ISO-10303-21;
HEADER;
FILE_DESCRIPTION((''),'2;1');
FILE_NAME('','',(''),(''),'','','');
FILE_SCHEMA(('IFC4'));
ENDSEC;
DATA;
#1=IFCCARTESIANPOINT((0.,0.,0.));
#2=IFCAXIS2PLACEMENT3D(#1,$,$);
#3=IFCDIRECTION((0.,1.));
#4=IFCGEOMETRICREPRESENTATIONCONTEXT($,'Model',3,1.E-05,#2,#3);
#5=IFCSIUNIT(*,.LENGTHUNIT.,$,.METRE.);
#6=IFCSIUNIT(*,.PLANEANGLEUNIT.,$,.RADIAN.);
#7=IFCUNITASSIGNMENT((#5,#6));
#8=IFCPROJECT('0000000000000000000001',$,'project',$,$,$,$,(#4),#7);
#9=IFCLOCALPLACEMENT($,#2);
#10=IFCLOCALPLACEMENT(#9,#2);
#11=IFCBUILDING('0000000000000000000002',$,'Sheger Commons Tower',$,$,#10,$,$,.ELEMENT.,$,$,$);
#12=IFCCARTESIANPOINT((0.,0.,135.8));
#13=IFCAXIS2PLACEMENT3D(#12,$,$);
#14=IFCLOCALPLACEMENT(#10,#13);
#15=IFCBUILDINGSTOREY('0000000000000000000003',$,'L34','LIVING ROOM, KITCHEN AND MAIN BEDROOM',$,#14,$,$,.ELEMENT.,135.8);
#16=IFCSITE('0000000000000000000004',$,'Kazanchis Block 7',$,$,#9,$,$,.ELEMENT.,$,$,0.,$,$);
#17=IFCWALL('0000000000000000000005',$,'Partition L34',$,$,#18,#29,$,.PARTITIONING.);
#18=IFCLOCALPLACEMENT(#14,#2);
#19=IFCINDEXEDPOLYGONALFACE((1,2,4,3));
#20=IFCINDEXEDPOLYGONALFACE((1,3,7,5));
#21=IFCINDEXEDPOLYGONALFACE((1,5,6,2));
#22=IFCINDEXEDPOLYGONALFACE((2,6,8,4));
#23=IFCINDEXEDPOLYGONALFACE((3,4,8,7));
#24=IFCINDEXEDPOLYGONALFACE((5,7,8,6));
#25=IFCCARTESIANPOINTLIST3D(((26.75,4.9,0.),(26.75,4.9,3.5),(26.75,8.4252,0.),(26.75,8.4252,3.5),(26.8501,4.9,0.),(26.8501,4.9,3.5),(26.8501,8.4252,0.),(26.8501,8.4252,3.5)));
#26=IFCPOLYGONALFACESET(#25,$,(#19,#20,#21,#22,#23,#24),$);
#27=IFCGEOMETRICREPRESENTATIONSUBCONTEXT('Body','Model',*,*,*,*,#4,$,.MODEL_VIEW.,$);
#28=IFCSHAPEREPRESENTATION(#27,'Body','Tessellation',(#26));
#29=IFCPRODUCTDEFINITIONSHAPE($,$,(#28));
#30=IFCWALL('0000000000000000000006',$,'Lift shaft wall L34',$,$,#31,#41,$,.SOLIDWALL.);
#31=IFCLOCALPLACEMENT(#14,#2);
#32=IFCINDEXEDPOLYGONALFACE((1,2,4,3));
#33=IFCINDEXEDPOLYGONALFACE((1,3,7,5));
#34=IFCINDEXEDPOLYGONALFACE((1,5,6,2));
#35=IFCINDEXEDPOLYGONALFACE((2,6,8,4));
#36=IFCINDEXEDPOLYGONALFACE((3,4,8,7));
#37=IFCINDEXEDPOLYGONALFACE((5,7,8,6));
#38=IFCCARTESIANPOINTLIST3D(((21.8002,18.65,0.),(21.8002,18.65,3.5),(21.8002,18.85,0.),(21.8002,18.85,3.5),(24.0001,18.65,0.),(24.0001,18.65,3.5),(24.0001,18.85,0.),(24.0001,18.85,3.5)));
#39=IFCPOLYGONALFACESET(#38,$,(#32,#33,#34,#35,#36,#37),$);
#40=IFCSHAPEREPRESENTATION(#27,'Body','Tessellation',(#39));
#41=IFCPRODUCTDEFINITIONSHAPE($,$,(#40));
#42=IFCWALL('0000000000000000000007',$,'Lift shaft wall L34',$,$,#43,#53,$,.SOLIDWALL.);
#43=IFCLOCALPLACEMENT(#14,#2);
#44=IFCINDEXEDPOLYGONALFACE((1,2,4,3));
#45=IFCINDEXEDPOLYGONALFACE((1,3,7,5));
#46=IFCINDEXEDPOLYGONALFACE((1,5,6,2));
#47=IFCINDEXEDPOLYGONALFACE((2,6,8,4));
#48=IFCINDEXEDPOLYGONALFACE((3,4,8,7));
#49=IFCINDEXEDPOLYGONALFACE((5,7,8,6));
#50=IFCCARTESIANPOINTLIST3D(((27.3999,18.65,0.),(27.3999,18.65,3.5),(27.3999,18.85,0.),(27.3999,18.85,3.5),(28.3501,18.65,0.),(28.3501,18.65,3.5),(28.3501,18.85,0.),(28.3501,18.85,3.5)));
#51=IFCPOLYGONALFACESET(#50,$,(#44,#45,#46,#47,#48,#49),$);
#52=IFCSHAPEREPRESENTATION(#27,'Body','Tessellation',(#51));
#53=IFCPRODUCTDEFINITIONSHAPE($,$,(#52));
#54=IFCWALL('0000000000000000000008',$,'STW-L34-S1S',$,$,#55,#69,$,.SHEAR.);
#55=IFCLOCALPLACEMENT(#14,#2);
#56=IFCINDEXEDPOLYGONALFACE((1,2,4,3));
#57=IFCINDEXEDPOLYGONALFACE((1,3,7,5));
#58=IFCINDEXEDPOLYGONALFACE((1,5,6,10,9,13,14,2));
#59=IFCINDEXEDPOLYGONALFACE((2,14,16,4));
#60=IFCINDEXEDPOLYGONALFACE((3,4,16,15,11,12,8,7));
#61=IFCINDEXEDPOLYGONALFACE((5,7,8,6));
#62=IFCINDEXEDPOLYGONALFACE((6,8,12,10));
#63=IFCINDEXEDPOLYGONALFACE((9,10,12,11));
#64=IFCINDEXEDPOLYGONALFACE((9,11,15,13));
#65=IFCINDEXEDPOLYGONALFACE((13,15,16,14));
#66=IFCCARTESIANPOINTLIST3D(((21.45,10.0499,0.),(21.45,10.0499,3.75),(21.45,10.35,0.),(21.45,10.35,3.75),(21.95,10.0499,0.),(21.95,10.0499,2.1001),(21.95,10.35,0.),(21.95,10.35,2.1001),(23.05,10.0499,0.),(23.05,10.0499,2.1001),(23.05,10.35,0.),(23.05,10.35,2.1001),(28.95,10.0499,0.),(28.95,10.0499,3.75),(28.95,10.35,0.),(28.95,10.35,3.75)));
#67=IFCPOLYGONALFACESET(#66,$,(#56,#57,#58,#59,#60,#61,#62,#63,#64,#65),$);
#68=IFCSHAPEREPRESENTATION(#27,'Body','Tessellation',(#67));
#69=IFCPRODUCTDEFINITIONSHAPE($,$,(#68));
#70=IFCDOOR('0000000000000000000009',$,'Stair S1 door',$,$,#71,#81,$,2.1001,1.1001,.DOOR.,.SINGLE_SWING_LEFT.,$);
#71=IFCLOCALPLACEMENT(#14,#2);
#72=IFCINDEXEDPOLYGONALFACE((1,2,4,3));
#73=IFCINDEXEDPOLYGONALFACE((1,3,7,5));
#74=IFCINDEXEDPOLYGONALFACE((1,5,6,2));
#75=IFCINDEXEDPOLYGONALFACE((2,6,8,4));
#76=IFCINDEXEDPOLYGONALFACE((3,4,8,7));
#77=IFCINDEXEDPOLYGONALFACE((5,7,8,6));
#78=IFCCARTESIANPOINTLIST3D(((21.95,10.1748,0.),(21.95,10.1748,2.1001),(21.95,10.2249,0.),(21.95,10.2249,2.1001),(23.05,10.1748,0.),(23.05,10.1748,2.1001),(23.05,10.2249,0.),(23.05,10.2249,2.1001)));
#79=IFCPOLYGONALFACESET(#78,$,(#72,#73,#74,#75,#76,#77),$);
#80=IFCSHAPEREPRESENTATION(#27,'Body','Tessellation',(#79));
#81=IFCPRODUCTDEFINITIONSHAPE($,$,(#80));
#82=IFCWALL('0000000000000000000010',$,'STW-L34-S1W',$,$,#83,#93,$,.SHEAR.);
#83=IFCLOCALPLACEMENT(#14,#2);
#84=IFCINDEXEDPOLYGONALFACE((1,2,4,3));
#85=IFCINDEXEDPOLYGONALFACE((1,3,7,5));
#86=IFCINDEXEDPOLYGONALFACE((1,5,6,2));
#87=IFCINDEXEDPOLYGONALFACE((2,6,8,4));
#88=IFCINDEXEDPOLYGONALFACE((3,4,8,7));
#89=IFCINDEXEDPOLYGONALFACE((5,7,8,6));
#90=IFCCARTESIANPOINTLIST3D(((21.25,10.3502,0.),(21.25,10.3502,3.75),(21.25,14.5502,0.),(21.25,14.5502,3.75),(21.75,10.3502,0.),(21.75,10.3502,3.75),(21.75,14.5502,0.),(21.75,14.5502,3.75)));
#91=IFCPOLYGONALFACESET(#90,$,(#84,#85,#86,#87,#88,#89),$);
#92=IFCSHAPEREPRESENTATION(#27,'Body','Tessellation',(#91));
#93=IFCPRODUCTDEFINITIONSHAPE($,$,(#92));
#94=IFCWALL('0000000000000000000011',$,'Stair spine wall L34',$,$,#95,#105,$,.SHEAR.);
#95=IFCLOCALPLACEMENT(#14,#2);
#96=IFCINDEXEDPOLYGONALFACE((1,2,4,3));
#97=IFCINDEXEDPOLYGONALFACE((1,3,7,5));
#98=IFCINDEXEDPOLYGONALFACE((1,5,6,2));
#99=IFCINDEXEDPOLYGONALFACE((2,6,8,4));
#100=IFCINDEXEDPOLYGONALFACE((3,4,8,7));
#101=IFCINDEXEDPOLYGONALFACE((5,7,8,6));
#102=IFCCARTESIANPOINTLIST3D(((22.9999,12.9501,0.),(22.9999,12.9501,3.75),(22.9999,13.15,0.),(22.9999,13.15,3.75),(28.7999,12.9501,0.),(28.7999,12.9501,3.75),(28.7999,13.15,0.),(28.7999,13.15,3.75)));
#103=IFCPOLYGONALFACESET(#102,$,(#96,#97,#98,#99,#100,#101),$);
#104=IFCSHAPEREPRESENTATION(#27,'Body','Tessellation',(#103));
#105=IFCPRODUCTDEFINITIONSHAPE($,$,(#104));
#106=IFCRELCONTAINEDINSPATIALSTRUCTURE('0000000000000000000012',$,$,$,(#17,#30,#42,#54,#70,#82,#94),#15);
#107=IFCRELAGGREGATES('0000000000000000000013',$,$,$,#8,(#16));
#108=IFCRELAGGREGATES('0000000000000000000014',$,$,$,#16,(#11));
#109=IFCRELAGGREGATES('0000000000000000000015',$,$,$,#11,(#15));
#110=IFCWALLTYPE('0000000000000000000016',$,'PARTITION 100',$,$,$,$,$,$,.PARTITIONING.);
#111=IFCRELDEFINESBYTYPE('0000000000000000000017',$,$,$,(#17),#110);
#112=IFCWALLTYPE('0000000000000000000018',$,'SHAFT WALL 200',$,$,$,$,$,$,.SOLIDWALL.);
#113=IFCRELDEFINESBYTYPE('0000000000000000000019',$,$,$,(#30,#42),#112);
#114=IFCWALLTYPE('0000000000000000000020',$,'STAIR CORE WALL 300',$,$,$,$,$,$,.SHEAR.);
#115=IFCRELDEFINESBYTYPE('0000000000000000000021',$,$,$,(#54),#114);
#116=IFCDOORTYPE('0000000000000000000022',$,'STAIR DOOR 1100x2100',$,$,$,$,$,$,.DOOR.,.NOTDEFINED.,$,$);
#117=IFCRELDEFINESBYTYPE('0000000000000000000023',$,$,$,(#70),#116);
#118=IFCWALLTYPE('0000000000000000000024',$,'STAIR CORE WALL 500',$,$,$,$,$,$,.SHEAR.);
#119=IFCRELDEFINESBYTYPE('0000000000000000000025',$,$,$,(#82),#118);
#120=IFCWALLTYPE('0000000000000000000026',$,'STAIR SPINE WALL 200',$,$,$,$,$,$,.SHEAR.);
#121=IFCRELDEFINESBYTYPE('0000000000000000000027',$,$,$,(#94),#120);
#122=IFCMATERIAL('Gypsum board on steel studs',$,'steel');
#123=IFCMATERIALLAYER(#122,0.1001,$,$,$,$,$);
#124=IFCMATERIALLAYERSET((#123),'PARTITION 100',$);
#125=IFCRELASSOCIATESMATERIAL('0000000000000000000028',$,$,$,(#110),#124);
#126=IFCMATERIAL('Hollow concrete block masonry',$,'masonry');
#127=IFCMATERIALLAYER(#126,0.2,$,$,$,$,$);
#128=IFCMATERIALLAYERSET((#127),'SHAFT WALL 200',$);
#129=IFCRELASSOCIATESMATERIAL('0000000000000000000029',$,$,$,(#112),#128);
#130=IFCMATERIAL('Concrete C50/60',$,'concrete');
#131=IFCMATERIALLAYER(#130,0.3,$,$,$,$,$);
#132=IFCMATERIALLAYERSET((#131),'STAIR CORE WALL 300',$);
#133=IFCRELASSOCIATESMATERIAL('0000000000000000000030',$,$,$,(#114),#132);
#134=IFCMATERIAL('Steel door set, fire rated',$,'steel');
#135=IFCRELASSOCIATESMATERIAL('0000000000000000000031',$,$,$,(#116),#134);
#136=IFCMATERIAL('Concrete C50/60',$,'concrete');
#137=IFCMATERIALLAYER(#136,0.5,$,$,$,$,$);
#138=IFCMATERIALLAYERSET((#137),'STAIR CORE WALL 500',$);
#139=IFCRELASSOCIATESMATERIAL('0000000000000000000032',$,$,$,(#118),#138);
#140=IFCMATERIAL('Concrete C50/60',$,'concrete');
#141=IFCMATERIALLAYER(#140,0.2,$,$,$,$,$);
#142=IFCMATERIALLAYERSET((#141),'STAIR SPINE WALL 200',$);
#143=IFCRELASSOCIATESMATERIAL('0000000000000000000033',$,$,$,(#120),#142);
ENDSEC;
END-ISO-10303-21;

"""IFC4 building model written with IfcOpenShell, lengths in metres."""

from ifc_helpers import new_model, si_unit, direction, frame, frame_2d, origin, place, context, subcontext, project, spatial, rectangle, extrude, material, layer, layer_set, type_object, element, fill, save


model = new_model("IFC4")

# Units and contexts
model_context = context("Model", 3, precision=1e-05, world=origin(), true_north=direction((0.0, 1.0)))
body_context = subcontext(model_context, "Body", "Model", "MODEL_VIEW")
ifc_project = project(units=[si_unit("LENGTHUNIT", "METRE"), si_unit("PLANEANGLEUNIT", "RADIAN")], contexts=[model_context])

# Site, building, storey
site_placement = place(None, origin())
site = spatial("IfcSite", under=ifc_project, at=site_placement, Name="Kazanchis Block 7", CompositionType="ELEMENT", RefElevation=0.0)
building_placement = place(site_placement, origin())
building = spatial("IfcBuilding", under=site, at=building_placement, Name="Sheger Commons Tower", CompositionType="ELEMENT")
storey_placement = place(building_placement, frame((0.0, 0.0, 135.8)))
storey = spatial("IfcBuildingStorey", under=building, at=storey_placement, Name="L34", Description="LIVING ROOM, KITCHEN AND MAIN BEDROOM", CompositionType="ELEMENT", Elevation=135.8)

# Walls
ifc_material_1 = material(Name="Gypsum board on steel studs", Category="steel")
ifc_layer_1 = layer(ifc_material_1, 0.1001)
ifc_layer_set_1 = layer_set([ifc_layer_1], Name="PARTITION 100")
wall_type_1 = type_object("IfcWallType", Name="PARTITION 100", PredefinedType="PARTITIONING", material=ifc_layer_set_1)
wall_1_placement = place(storey_placement, frame((26.8, 4.8999, 0.0), z_axis=(0.0, 0.0, 1.0), x_axis=(0.0, 1.0, 0.0)))
element("IfcWall", 1, at=wall_1_placement, inside=storey, type_object=wall_type_1, Name="Partition L34", PredefinedType="PARTITIONING", context=body_context, shape_type="SweptSolid", body=[
    extrude(rectangle(XDim=3.5251, YDim=0.1001, at=frame_2d((1.7627, 0.0))), origin(), (0.0, 0.0, 1.0), 3.5),
])
ifc_material_2 = material(Name="Hollow concrete block masonry", Category="masonry")
ifc_layer_2 = layer(ifc_material_2, 0.2)
ifc_layer_set_2 = layer_set([ifc_layer_2], Name="SHAFT WALL 200")
wall_type_2 = type_object("IfcWallType", Name="SHAFT WALL 200", PredefinedType="SOLIDWALL", material=ifc_layer_set_2)
wall_2_placement = place(storey_placement, frame((21.8, 18.75, 0.0), z_axis=(0.0, 0.0, 1.0), x_axis=(1.0, 0.0, 0.0)))
element("IfcWall", 2, at=wall_2_placement, inside=storey, type_object=wall_type_2, Name="Lift shaft wall L34", PredefinedType="SOLIDWALL", context=body_context, shape_type="SweptSolid", body=[
    extrude(rectangle(XDim=2.2, YDim=0.2, at=frame_2d((1.1001, 0.0))), origin(), (0.0, 0.0, 1.0), 3.5),
])
wall_3_placement = place(storey_placement, frame((27.3999, 18.75, 0.0), z_axis=(0.0, 0.0, 1.0), x_axis=(1.0, 0.0, 0.0)))
element("IfcWall", 3, at=wall_3_placement, inside=storey, type_object=wall_type_2, Name="Lift shaft wall L34", PredefinedType="SOLIDWALL", context=body_context, shape_type="SweptSolid", body=[
    extrude(rectangle(XDim=0.9502, YDim=0.2, at=frame_2d((0.4751, 0.0))), origin(), (0.0, 0.0, 1.0), 3.5),
])

# Wall, opening, door
ifc_material_3 = material(Name="Concrete C50/60", Category="concrete")
ifc_layer_3 = layer(ifc_material_3, 0.3)
ifc_layer_set_3 = layer_set([ifc_layer_3], Name="STAIR CORE WALL 300")
wall_type_3 = type_object("IfcWallType", Name="STAIR CORE WALL 300", PredefinedType="SHEAR", material=ifc_layer_set_3)
wall_4_placement = place(storey_placement, frame((21.45, 10.2, 0.0), z_axis=(0.0, 0.0, 1.0), x_axis=(1.0, 0.0, 0.0)))
wall_4 = element("IfcWall", 4, at=wall_4_placement, inside=storey, type_object=wall_type_3, Name="STW-L34-S1S", PredefinedType="SHEAR", context=body_context, shape_type="SweptSolid", body=[
    extrude(rectangle(XDim=7.5, YDim=0.3, at=frame_2d((3.75, 0.0))), origin(), (0.0, 0.0, 1.0), 3.75),
])
opening_1_placement = place(wall_4_placement, frame((0.5, 0.0, 0.0)))
opening_1 = element("IfcOpeningElement", 5, at=opening_1_placement, cuts=wall_4, PredefinedType="OPENING", context=body_context, shape_type="SweptSolid", body=[
    extrude(rectangle(XDim=1.1001, YDim=2.1001, at=frame_2d((0.55, 1.05))), frame((0.0, 0.1599, 0.0), z_axis=(0.0, -1.0, 0.0), x_axis=(1.0, 0.0, 0.0)), (0.0, 0.0, 1.0), 0.3201),
])
ifc_material_4 = material(Name="Steel door set, fire rated", Category="steel")
door_type_1 = type_object("IfcDoorType", Name="STAIR DOOR 1100x2100", OperationType="NOTDEFINED", PredefinedType="DOOR", material=ifc_material_4)
door_1_placement = place(opening_1_placement, origin())
door_1 = element("IfcDoor", 6, at=door_1_placement, inside=storey, type_object=door_type_1, Name="Stair S1 door", OperationType="SINGLE_SWING_LEFT", OverallHeight=2.1001, OverallWidth=1.1001, PredefinedType="DOOR", context=body_context, shape_type="SweptSolid", body=[
    extrude(rectangle(XDim=1.1001, YDim=2.1001, at=frame_2d((0.55, 1.05))), frame((0.0, 0.0249, 0.0), z_axis=(0.0, -1.0, 0.0), x_axis=(1.0, 0.0, 0.0)), (0.0, 0.0, 1.0), 0.05),
])
fill(opening_1, door_1)

# Walls
ifc_material_5 = material(Name="Concrete C50/60", Category="concrete")
ifc_layer_4 = layer(ifc_material_5, 0.5)
ifc_layer_set_4 = layer_set([ifc_layer_4], Name="STAIR CORE WALL 500")
wall_type_4 = type_object("IfcWallType", Name="STAIR CORE WALL 500", PredefinedType="SHEAR", material=ifc_layer_set_4)
wall_5_placement = place(storey_placement, frame((21.5, 10.3501, 0.0), z_axis=(0.0, 0.0, 1.0), x_axis=(0.0, 1.0, 0.0)))
element("IfcWall", 7, at=wall_5_placement, inside=storey, type_object=wall_type_4, Name="STW-L34-S1W", PredefinedType="SHEAR", context=body_context, shape_type="SweptSolid", body=[
    extrude(rectangle(XDim=4.2, YDim=0.5, at=frame_2d((2.1001, 0.0))), origin(), (0.0, 0.0, 1.0), 3.75),
])
ifc_material_6 = material(Name="Concrete C50/60", Category="concrete")
ifc_layer_5 = layer(ifc_material_6, 0.2)
ifc_layer_set_5 = layer_set([ifc_layer_5], Name="STAIR SPINE WALL 200")
wall_type_5 = type_object("IfcWallType", Name="STAIR SPINE WALL 200", PredefinedType="SHEAR", material=ifc_layer_set_5)
wall_6_placement = place(storey_placement, frame((23.0, 13.05, 0.0), z_axis=(0.0, 0.0, 1.0), x_axis=(1.0, 0.0, 0.0)))
element("IfcWall", 8, at=wall_6_placement, inside=storey, type_object=wall_type_5, Name="Stair spine wall L34", PredefinedType="SHEAR", context=body_context, shape_type="SweptSolid", body=[
    extrude(rectangle(XDim=5.8, YDim=0.2, at=frame_2d((2.8999, 0.0))), origin(), (0.0, 0.0, 1.0), 3.75),
])

save(model, "model.ifc")
